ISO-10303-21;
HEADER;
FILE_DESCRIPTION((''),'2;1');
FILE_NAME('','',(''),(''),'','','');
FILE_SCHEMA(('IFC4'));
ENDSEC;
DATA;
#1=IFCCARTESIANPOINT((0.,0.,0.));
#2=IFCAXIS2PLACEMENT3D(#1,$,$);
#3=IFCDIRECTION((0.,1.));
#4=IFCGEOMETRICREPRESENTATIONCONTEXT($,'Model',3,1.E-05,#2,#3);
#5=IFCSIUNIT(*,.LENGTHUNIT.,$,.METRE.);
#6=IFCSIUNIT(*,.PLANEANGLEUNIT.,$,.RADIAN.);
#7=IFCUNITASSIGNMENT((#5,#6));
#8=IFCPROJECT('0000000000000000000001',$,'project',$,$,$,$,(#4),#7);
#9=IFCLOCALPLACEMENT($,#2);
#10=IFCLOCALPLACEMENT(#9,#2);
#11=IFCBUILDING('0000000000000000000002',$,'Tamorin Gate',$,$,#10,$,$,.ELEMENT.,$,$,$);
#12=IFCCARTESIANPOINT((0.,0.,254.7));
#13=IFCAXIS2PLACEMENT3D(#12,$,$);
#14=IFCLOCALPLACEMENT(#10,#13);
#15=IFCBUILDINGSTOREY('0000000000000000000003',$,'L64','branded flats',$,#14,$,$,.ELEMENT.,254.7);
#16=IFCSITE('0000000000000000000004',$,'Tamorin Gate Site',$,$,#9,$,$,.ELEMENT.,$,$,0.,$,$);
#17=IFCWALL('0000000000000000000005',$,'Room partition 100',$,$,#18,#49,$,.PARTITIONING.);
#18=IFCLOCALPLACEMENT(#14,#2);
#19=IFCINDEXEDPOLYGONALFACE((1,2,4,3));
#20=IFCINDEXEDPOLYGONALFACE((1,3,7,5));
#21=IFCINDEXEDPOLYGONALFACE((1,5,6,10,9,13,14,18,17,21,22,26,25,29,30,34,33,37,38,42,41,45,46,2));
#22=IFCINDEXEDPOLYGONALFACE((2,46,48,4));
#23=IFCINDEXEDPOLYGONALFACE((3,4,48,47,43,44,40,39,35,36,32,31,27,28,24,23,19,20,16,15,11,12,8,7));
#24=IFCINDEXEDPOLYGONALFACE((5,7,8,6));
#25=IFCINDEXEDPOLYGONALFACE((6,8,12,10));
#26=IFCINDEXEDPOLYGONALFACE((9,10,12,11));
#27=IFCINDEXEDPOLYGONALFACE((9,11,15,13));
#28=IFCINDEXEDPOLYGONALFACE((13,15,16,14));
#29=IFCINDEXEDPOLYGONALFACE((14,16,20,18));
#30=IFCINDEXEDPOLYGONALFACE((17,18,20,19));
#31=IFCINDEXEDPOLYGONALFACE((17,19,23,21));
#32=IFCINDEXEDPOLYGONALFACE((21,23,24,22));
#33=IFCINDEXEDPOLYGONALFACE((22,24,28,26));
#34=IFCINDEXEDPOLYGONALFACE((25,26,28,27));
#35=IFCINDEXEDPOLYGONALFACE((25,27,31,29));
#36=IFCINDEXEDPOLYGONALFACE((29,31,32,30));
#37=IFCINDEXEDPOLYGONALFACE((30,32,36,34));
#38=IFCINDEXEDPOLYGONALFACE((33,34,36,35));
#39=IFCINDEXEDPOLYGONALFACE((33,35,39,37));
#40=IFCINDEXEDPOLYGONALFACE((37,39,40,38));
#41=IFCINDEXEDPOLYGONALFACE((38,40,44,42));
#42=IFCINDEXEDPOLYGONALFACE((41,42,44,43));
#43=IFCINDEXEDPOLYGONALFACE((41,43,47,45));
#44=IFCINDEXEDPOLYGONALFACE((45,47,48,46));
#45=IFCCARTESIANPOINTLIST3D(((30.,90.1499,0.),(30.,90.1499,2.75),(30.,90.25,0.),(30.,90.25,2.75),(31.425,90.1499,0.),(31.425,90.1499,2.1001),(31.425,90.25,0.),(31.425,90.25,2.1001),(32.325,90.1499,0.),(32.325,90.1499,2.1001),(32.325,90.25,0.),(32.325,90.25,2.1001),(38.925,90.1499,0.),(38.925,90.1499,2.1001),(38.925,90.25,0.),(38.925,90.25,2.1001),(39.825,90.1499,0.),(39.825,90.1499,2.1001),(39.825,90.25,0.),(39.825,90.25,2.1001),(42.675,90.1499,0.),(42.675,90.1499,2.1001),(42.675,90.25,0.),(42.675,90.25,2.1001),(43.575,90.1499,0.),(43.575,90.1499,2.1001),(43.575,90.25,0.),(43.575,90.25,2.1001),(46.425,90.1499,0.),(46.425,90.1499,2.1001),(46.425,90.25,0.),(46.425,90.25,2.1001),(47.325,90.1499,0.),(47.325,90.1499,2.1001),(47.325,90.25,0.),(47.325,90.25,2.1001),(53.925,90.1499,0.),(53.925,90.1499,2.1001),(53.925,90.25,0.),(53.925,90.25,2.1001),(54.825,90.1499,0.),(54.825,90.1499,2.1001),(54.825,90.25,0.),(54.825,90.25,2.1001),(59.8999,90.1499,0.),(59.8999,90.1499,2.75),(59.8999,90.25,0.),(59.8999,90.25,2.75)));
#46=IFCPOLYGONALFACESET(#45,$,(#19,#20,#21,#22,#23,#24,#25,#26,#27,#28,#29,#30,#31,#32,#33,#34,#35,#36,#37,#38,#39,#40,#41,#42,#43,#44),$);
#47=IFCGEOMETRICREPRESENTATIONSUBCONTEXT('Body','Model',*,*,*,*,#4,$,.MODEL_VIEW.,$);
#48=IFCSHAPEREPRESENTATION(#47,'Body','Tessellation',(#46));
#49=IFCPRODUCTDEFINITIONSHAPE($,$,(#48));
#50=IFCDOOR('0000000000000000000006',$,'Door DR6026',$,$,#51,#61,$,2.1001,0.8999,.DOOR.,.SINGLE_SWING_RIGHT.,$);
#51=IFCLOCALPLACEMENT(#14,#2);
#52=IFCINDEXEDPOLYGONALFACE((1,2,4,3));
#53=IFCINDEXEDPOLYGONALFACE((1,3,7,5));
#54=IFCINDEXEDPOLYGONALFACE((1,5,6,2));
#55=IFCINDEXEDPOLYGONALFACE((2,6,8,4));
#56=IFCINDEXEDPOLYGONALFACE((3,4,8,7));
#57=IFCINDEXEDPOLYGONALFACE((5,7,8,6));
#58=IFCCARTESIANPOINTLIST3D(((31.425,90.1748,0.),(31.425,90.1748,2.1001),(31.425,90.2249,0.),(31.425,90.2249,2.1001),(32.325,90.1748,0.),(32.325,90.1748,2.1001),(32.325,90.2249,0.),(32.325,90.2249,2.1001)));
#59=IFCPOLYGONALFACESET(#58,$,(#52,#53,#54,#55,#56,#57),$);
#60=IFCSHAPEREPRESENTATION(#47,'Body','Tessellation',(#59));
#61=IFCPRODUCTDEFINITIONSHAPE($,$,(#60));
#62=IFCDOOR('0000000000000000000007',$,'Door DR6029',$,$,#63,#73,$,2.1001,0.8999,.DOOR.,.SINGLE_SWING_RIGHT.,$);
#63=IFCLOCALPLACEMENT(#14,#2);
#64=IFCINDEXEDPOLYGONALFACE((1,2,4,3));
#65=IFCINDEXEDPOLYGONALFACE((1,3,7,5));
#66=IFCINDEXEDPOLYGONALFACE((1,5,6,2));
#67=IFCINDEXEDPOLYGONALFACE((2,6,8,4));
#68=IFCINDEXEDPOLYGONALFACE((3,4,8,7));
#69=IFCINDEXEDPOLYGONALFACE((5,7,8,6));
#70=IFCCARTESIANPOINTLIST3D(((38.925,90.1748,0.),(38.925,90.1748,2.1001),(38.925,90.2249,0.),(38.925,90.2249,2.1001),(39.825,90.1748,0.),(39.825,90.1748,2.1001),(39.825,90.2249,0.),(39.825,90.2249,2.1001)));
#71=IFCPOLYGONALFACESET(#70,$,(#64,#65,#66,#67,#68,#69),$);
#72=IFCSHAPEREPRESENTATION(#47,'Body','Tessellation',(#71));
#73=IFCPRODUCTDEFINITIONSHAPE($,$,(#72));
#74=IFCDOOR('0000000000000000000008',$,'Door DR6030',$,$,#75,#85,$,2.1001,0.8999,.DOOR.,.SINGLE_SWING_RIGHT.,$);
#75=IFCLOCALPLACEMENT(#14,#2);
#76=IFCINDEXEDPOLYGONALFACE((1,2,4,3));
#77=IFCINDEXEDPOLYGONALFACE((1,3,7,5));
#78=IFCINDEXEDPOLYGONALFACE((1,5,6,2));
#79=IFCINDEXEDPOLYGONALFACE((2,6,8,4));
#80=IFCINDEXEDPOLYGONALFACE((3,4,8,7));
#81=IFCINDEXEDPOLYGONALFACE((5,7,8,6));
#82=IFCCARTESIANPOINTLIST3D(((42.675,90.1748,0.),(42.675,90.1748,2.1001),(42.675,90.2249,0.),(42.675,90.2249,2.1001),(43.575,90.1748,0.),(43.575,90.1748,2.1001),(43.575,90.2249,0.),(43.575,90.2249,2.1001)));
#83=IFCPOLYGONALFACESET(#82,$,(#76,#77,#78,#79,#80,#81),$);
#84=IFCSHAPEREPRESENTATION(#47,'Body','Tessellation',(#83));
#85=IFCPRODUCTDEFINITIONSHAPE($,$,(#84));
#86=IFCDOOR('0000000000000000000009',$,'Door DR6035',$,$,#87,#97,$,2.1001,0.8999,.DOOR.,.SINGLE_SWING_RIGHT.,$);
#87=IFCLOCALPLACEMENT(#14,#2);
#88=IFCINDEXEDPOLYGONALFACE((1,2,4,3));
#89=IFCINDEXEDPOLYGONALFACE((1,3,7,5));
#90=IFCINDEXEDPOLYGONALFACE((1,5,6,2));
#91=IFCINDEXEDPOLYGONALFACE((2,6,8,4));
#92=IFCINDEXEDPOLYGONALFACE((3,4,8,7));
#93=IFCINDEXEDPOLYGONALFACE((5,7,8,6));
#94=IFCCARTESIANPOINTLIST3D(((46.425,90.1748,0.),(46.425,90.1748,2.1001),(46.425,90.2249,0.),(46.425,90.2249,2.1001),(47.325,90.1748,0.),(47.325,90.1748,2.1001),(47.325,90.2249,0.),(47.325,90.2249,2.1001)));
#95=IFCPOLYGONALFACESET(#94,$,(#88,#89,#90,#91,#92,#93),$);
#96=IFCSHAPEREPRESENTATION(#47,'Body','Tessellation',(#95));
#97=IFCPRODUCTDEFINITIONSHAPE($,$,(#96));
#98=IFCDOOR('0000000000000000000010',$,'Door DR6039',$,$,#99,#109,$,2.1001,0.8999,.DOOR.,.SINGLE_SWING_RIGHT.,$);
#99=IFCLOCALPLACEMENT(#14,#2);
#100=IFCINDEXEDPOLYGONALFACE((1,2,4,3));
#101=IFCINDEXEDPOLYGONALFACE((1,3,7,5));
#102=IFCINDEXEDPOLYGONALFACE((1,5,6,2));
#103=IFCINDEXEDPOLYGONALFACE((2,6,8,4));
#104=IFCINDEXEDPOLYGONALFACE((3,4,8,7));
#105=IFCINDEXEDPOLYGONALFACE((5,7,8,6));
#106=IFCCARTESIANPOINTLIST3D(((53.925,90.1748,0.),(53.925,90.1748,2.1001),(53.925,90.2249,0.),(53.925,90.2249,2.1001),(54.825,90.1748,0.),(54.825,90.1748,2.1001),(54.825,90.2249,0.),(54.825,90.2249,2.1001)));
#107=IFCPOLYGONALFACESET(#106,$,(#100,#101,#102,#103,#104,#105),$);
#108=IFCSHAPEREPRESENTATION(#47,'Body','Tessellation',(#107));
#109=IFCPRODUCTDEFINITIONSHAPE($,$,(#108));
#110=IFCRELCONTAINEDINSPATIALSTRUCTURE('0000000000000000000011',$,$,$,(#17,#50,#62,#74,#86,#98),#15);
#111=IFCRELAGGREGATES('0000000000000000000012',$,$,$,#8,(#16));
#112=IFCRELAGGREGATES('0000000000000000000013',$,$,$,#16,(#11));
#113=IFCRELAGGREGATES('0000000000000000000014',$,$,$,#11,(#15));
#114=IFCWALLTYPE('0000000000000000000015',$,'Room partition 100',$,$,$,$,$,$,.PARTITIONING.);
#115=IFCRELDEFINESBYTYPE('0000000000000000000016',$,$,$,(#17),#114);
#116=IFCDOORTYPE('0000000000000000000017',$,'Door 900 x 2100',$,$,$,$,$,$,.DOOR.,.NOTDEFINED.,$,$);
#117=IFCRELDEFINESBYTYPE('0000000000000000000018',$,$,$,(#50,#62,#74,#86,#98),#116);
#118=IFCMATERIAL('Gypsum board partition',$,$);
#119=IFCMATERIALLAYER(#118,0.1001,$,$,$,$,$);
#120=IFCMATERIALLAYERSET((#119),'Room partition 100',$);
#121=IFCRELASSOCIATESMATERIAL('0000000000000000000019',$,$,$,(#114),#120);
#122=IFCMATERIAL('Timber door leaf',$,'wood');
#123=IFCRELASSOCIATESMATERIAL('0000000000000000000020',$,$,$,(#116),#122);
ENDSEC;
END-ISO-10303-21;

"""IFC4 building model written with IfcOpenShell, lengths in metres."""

from ifc_helpers import new_model, si_unit, direction, frame, frame_2d, origin, place, context, subcontext, project, spatial, rectangle, extrude, material, layer, layer_set, type_object, element, fill, save


model = new_model("IFC4")

# Units and contexts
model_context = context("Model", 3, precision=1e-05, world=origin(), true_north=direction((0.0, 1.0)))
body_context = subcontext(model_context, "Body", "Model", "MODEL_VIEW")
ifc_project = project(units=[si_unit("LENGTHUNIT", "METRE"), si_unit("PLANEANGLEUNIT", "RADIAN")], contexts=[model_context])

# Site, building, storey
site_placement = place(None, origin())
site = spatial("IfcSite", under=ifc_project, at=site_placement, Name="Tamorin Gate Site", CompositionType="ELEMENT", RefElevation=0.0)
building_placement = place(site_placement, origin())
building = spatial("IfcBuilding", under=site, at=building_placement, Name="Tamorin Gate", CompositionType="ELEMENT")
storey_placement = place(building_placement, frame((0.0, 0.0, 254.7)))
storey = spatial("IfcBuildingStorey", under=building, at=storey_placement, Name="L64", Description="branded flats", CompositionType="ELEMENT", Elevation=254.7)

# Wall, openings, doors
ifc_material_1 = material(Name="Gypsum board partition")
ifc_layer_1 = layer(ifc_material_1, 0.1001)
ifc_layer_set_1 = layer_set([ifc_layer_1], Name="Room partition 100")
wall_type_1 = type_object("IfcWallType", Name="Room partition 100", PredefinedType="PARTITIONING", material=ifc_layer_set_1)
wall_1_placement = place(storey_placement, frame((30.0, 90.2, 0.0), z_axis=(0.0, 0.0, 1.0), x_axis=(1.0, 0.0, 0.0)))
wall_1 = element("IfcWall", 1, at=wall_1_placement, inside=storey, type_object=wall_type_1, Name="Room partition 100", PredefinedType="PARTITIONING", context=body_context, shape_type="SweptSolid", body=[
    extrude(rectangle(XDim=29.8999, YDim=0.1001, at=frame_2d((14.95, 0.0))), origin(), (0.0, 0.0, 1.0), 2.75),
])
opening_1_placement = place(wall_1_placement, frame((1.425, 0.0, 0.0)))
opening_1 = element("IfcOpeningElement", 2, at=opening_1_placement, cuts=wall_1, PredefinedType="OPENING", context=body_context, shape_type="SweptSolid", body=[
    extrude(rectangle(XDim=0.8999, YDim=2.1001, at=frame_2d((0.45, 1.05))), frame((0.0, 0.0601, 0.0), z_axis=(0.0, -1.0, 0.0), x_axis=(1.0, 0.0, 0.0)), (0.0, 0.0, 1.0), 0.1201),
])
opening_2_placement = place(wall_1_placement, frame((8.925, 0.0, 0.0)))
opening_2 = element("IfcOpeningElement", 3, at=opening_2_placement, cuts=wall_1, PredefinedType="OPENING", context=body_context, shape_type="SweptSolid", body=[
    extrude(rectangle(XDim=0.8999, YDim=2.1001, at=frame_2d((0.45, 1.05))), frame((0.0, 0.0601, 0.0), z_axis=(0.0, -1.0, 0.0), x_axis=(1.0, 0.0, 0.0)), (0.0, 0.0, 1.0), 0.1201),
])
opening_3_placement = place(wall_1_placement, frame((12.675, 0.0, 0.0)))
opening_3 = element("IfcOpeningElement", 4, at=opening_3_placement, cuts=wall_1, PredefinedType="OPENING", context=body_context, shape_type="SweptSolid", body=[
    extrude(rectangle(XDim=0.8999, YDim=2.1001, at=frame_2d((0.45, 1.05))), frame((0.0, 0.0601, 0.0), z_axis=(0.0, -1.0, 0.0), x_axis=(1.0, 0.0, 0.0)), (0.0, 0.0, 1.0), 0.1201),
])
opening_4_placement = place(wall_1_placement, frame((16.425, 0.0, 0.0)))
opening_4 = element("IfcOpeningElement", 5, at=opening_4_placement, cuts=wall_1, PredefinedType="OPENING", context=body_context, shape_type="SweptSolid", body=[
    extrude(rectangle(XDim=0.8999, YDim=2.1001, at=frame_2d((0.45, 1.05))), frame((0.0, 0.0601, 0.0), z_axis=(0.0, -1.0, 0.0), x_axis=(1.0, 0.0, 0.0)), (0.0, 0.0, 1.0), 0.1201),
])
opening_5_placement = place(wall_1_placement, frame((23.925, 0.0, 0.0)))
opening_5 = element("IfcOpeningElement", 6, at=opening_5_placement, cuts=wall_1, PredefinedType="OPENING", context=body_context, shape_type="SweptSolid", body=[
    extrude(rectangle(XDim=0.8999, YDim=2.1001, at=frame_2d((0.45, 1.05))), frame((0.0, 0.0601, 0.0), z_axis=(0.0, -1.0, 0.0), x_axis=(1.0, 0.0, 0.0)), (0.0, 0.0, 1.0), 0.1201),
])
ifc_material_2 = material(Name="Timber door leaf", Category="wood")
door_type = type_object("IfcDoorType", Name="Door 900 x 2100", OperationType="NOTDEFINED", PredefinedType="DOOR", material=ifc_material_2)
door_1_placement = place(opening_1_placement, origin())
door_1 = element("IfcDoor", 7, at=door_1_placement, inside=storey, type_object=door_type, Name="Door DR6026", OperationType="SINGLE_SWING_RIGHT", OverallHeight=2.1001, OverallWidth=0.8999, PredefinedType="DOOR", context=body_context, shape_type="SweptSolid", body=[
    extrude(rectangle(XDim=0.8999, YDim=2.1001, at=frame_2d((0.45, 1.05))), frame((0.0, 0.0249, 0.0), z_axis=(0.0, -1.0, 0.0), x_axis=(1.0, 0.0, 0.0)), (0.0, 0.0, 1.0), 0.05),
])
fill(opening_1, door_1)
door_2_placement = place(opening_2_placement, origin())
door_2 = element("IfcDoor", 8, at=door_2_placement, inside=storey, type_object=door_type, Name="Door DR6029", OperationType="SINGLE_SWING_RIGHT", OverallHeight=2.1001, OverallWidth=0.8999, PredefinedType="DOOR", context=body_context, shape_type="SweptSolid", body=[
    extrude(rectangle(XDim=0.8999, YDim=2.1001, at=frame_2d((0.45, 1.05))), frame((0.0, 0.0249, 0.0), z_axis=(0.0, -1.0, 0.0), x_axis=(1.0, 0.0, 0.0)), (0.0, 0.0, 1.0), 0.05),
])
fill(opening_2, door_2)
door_3_placement = place(opening_3_placement, origin())
door_3 = element("IfcDoor", 9, at=door_3_placement, inside=storey, type_object=door_type, Name="Door DR6030", OperationType="SINGLE_SWING_RIGHT", OverallHeight=2.1001, OverallWidth=0.8999, PredefinedType="DOOR", context=body_context, shape_type="SweptSolid", body=[
    extrude(rectangle(XDim=0.8999, YDim=2.1001, at=frame_2d((0.45, 1.05))), frame((0.0, 0.0249, 0.0), z_axis=(0.0, -1.0, 0.0), x_axis=(1.0, 0.0, 0.0)), (0.0, 0.0, 1.0), 0.05),
])
fill(opening_3, door_3)
door_4_placement = place(opening_4_placement, origin())
door_4 = element("IfcDoor", 10, at=door_4_placement, inside=storey, type_object=door_type, Name="Door DR6035", OperationType="SINGLE_SWING_RIGHT", OverallHeight=2.1001, OverallWidth=0.8999, PredefinedType="DOOR", context=body_context, shape_type="SweptSolid", body=[
    extrude(rectangle(XDim=0.8999, YDim=2.1001, at=frame_2d((0.45, 1.05))), frame((0.0, 0.0249, 0.0), z_axis=(0.0, -1.0, 0.0), x_axis=(1.0, 0.0, 0.0)), (0.0, 0.0, 1.0), 0.05),
])
fill(opening_4, door_4)
door_5_placement = place(opening_5_placement, origin())
door_5 = element("IfcDoor", 11, at=door_5_placement, inside=storey, type_object=door_type, Name="Door DR6039", OperationType="SINGLE_SWING_RIGHT", OverallHeight=2.1001, OverallWidth=0.8999, PredefinedType="DOOR", context=body_context, shape_type="SweptSolid", body=[
    extrude(rectangle(XDim=0.8999, YDim=2.1001, at=frame_2d((0.45, 1.05))), frame((0.0, 0.0249, 0.0), z_axis=(0.0, -1.0, 0.0), x_axis=(1.0, 0.0, 0.0)), (0.0, 0.0, 1.0), 0.05),
])
fill(opening_5, door_5)

save(model, "model.ifc")
